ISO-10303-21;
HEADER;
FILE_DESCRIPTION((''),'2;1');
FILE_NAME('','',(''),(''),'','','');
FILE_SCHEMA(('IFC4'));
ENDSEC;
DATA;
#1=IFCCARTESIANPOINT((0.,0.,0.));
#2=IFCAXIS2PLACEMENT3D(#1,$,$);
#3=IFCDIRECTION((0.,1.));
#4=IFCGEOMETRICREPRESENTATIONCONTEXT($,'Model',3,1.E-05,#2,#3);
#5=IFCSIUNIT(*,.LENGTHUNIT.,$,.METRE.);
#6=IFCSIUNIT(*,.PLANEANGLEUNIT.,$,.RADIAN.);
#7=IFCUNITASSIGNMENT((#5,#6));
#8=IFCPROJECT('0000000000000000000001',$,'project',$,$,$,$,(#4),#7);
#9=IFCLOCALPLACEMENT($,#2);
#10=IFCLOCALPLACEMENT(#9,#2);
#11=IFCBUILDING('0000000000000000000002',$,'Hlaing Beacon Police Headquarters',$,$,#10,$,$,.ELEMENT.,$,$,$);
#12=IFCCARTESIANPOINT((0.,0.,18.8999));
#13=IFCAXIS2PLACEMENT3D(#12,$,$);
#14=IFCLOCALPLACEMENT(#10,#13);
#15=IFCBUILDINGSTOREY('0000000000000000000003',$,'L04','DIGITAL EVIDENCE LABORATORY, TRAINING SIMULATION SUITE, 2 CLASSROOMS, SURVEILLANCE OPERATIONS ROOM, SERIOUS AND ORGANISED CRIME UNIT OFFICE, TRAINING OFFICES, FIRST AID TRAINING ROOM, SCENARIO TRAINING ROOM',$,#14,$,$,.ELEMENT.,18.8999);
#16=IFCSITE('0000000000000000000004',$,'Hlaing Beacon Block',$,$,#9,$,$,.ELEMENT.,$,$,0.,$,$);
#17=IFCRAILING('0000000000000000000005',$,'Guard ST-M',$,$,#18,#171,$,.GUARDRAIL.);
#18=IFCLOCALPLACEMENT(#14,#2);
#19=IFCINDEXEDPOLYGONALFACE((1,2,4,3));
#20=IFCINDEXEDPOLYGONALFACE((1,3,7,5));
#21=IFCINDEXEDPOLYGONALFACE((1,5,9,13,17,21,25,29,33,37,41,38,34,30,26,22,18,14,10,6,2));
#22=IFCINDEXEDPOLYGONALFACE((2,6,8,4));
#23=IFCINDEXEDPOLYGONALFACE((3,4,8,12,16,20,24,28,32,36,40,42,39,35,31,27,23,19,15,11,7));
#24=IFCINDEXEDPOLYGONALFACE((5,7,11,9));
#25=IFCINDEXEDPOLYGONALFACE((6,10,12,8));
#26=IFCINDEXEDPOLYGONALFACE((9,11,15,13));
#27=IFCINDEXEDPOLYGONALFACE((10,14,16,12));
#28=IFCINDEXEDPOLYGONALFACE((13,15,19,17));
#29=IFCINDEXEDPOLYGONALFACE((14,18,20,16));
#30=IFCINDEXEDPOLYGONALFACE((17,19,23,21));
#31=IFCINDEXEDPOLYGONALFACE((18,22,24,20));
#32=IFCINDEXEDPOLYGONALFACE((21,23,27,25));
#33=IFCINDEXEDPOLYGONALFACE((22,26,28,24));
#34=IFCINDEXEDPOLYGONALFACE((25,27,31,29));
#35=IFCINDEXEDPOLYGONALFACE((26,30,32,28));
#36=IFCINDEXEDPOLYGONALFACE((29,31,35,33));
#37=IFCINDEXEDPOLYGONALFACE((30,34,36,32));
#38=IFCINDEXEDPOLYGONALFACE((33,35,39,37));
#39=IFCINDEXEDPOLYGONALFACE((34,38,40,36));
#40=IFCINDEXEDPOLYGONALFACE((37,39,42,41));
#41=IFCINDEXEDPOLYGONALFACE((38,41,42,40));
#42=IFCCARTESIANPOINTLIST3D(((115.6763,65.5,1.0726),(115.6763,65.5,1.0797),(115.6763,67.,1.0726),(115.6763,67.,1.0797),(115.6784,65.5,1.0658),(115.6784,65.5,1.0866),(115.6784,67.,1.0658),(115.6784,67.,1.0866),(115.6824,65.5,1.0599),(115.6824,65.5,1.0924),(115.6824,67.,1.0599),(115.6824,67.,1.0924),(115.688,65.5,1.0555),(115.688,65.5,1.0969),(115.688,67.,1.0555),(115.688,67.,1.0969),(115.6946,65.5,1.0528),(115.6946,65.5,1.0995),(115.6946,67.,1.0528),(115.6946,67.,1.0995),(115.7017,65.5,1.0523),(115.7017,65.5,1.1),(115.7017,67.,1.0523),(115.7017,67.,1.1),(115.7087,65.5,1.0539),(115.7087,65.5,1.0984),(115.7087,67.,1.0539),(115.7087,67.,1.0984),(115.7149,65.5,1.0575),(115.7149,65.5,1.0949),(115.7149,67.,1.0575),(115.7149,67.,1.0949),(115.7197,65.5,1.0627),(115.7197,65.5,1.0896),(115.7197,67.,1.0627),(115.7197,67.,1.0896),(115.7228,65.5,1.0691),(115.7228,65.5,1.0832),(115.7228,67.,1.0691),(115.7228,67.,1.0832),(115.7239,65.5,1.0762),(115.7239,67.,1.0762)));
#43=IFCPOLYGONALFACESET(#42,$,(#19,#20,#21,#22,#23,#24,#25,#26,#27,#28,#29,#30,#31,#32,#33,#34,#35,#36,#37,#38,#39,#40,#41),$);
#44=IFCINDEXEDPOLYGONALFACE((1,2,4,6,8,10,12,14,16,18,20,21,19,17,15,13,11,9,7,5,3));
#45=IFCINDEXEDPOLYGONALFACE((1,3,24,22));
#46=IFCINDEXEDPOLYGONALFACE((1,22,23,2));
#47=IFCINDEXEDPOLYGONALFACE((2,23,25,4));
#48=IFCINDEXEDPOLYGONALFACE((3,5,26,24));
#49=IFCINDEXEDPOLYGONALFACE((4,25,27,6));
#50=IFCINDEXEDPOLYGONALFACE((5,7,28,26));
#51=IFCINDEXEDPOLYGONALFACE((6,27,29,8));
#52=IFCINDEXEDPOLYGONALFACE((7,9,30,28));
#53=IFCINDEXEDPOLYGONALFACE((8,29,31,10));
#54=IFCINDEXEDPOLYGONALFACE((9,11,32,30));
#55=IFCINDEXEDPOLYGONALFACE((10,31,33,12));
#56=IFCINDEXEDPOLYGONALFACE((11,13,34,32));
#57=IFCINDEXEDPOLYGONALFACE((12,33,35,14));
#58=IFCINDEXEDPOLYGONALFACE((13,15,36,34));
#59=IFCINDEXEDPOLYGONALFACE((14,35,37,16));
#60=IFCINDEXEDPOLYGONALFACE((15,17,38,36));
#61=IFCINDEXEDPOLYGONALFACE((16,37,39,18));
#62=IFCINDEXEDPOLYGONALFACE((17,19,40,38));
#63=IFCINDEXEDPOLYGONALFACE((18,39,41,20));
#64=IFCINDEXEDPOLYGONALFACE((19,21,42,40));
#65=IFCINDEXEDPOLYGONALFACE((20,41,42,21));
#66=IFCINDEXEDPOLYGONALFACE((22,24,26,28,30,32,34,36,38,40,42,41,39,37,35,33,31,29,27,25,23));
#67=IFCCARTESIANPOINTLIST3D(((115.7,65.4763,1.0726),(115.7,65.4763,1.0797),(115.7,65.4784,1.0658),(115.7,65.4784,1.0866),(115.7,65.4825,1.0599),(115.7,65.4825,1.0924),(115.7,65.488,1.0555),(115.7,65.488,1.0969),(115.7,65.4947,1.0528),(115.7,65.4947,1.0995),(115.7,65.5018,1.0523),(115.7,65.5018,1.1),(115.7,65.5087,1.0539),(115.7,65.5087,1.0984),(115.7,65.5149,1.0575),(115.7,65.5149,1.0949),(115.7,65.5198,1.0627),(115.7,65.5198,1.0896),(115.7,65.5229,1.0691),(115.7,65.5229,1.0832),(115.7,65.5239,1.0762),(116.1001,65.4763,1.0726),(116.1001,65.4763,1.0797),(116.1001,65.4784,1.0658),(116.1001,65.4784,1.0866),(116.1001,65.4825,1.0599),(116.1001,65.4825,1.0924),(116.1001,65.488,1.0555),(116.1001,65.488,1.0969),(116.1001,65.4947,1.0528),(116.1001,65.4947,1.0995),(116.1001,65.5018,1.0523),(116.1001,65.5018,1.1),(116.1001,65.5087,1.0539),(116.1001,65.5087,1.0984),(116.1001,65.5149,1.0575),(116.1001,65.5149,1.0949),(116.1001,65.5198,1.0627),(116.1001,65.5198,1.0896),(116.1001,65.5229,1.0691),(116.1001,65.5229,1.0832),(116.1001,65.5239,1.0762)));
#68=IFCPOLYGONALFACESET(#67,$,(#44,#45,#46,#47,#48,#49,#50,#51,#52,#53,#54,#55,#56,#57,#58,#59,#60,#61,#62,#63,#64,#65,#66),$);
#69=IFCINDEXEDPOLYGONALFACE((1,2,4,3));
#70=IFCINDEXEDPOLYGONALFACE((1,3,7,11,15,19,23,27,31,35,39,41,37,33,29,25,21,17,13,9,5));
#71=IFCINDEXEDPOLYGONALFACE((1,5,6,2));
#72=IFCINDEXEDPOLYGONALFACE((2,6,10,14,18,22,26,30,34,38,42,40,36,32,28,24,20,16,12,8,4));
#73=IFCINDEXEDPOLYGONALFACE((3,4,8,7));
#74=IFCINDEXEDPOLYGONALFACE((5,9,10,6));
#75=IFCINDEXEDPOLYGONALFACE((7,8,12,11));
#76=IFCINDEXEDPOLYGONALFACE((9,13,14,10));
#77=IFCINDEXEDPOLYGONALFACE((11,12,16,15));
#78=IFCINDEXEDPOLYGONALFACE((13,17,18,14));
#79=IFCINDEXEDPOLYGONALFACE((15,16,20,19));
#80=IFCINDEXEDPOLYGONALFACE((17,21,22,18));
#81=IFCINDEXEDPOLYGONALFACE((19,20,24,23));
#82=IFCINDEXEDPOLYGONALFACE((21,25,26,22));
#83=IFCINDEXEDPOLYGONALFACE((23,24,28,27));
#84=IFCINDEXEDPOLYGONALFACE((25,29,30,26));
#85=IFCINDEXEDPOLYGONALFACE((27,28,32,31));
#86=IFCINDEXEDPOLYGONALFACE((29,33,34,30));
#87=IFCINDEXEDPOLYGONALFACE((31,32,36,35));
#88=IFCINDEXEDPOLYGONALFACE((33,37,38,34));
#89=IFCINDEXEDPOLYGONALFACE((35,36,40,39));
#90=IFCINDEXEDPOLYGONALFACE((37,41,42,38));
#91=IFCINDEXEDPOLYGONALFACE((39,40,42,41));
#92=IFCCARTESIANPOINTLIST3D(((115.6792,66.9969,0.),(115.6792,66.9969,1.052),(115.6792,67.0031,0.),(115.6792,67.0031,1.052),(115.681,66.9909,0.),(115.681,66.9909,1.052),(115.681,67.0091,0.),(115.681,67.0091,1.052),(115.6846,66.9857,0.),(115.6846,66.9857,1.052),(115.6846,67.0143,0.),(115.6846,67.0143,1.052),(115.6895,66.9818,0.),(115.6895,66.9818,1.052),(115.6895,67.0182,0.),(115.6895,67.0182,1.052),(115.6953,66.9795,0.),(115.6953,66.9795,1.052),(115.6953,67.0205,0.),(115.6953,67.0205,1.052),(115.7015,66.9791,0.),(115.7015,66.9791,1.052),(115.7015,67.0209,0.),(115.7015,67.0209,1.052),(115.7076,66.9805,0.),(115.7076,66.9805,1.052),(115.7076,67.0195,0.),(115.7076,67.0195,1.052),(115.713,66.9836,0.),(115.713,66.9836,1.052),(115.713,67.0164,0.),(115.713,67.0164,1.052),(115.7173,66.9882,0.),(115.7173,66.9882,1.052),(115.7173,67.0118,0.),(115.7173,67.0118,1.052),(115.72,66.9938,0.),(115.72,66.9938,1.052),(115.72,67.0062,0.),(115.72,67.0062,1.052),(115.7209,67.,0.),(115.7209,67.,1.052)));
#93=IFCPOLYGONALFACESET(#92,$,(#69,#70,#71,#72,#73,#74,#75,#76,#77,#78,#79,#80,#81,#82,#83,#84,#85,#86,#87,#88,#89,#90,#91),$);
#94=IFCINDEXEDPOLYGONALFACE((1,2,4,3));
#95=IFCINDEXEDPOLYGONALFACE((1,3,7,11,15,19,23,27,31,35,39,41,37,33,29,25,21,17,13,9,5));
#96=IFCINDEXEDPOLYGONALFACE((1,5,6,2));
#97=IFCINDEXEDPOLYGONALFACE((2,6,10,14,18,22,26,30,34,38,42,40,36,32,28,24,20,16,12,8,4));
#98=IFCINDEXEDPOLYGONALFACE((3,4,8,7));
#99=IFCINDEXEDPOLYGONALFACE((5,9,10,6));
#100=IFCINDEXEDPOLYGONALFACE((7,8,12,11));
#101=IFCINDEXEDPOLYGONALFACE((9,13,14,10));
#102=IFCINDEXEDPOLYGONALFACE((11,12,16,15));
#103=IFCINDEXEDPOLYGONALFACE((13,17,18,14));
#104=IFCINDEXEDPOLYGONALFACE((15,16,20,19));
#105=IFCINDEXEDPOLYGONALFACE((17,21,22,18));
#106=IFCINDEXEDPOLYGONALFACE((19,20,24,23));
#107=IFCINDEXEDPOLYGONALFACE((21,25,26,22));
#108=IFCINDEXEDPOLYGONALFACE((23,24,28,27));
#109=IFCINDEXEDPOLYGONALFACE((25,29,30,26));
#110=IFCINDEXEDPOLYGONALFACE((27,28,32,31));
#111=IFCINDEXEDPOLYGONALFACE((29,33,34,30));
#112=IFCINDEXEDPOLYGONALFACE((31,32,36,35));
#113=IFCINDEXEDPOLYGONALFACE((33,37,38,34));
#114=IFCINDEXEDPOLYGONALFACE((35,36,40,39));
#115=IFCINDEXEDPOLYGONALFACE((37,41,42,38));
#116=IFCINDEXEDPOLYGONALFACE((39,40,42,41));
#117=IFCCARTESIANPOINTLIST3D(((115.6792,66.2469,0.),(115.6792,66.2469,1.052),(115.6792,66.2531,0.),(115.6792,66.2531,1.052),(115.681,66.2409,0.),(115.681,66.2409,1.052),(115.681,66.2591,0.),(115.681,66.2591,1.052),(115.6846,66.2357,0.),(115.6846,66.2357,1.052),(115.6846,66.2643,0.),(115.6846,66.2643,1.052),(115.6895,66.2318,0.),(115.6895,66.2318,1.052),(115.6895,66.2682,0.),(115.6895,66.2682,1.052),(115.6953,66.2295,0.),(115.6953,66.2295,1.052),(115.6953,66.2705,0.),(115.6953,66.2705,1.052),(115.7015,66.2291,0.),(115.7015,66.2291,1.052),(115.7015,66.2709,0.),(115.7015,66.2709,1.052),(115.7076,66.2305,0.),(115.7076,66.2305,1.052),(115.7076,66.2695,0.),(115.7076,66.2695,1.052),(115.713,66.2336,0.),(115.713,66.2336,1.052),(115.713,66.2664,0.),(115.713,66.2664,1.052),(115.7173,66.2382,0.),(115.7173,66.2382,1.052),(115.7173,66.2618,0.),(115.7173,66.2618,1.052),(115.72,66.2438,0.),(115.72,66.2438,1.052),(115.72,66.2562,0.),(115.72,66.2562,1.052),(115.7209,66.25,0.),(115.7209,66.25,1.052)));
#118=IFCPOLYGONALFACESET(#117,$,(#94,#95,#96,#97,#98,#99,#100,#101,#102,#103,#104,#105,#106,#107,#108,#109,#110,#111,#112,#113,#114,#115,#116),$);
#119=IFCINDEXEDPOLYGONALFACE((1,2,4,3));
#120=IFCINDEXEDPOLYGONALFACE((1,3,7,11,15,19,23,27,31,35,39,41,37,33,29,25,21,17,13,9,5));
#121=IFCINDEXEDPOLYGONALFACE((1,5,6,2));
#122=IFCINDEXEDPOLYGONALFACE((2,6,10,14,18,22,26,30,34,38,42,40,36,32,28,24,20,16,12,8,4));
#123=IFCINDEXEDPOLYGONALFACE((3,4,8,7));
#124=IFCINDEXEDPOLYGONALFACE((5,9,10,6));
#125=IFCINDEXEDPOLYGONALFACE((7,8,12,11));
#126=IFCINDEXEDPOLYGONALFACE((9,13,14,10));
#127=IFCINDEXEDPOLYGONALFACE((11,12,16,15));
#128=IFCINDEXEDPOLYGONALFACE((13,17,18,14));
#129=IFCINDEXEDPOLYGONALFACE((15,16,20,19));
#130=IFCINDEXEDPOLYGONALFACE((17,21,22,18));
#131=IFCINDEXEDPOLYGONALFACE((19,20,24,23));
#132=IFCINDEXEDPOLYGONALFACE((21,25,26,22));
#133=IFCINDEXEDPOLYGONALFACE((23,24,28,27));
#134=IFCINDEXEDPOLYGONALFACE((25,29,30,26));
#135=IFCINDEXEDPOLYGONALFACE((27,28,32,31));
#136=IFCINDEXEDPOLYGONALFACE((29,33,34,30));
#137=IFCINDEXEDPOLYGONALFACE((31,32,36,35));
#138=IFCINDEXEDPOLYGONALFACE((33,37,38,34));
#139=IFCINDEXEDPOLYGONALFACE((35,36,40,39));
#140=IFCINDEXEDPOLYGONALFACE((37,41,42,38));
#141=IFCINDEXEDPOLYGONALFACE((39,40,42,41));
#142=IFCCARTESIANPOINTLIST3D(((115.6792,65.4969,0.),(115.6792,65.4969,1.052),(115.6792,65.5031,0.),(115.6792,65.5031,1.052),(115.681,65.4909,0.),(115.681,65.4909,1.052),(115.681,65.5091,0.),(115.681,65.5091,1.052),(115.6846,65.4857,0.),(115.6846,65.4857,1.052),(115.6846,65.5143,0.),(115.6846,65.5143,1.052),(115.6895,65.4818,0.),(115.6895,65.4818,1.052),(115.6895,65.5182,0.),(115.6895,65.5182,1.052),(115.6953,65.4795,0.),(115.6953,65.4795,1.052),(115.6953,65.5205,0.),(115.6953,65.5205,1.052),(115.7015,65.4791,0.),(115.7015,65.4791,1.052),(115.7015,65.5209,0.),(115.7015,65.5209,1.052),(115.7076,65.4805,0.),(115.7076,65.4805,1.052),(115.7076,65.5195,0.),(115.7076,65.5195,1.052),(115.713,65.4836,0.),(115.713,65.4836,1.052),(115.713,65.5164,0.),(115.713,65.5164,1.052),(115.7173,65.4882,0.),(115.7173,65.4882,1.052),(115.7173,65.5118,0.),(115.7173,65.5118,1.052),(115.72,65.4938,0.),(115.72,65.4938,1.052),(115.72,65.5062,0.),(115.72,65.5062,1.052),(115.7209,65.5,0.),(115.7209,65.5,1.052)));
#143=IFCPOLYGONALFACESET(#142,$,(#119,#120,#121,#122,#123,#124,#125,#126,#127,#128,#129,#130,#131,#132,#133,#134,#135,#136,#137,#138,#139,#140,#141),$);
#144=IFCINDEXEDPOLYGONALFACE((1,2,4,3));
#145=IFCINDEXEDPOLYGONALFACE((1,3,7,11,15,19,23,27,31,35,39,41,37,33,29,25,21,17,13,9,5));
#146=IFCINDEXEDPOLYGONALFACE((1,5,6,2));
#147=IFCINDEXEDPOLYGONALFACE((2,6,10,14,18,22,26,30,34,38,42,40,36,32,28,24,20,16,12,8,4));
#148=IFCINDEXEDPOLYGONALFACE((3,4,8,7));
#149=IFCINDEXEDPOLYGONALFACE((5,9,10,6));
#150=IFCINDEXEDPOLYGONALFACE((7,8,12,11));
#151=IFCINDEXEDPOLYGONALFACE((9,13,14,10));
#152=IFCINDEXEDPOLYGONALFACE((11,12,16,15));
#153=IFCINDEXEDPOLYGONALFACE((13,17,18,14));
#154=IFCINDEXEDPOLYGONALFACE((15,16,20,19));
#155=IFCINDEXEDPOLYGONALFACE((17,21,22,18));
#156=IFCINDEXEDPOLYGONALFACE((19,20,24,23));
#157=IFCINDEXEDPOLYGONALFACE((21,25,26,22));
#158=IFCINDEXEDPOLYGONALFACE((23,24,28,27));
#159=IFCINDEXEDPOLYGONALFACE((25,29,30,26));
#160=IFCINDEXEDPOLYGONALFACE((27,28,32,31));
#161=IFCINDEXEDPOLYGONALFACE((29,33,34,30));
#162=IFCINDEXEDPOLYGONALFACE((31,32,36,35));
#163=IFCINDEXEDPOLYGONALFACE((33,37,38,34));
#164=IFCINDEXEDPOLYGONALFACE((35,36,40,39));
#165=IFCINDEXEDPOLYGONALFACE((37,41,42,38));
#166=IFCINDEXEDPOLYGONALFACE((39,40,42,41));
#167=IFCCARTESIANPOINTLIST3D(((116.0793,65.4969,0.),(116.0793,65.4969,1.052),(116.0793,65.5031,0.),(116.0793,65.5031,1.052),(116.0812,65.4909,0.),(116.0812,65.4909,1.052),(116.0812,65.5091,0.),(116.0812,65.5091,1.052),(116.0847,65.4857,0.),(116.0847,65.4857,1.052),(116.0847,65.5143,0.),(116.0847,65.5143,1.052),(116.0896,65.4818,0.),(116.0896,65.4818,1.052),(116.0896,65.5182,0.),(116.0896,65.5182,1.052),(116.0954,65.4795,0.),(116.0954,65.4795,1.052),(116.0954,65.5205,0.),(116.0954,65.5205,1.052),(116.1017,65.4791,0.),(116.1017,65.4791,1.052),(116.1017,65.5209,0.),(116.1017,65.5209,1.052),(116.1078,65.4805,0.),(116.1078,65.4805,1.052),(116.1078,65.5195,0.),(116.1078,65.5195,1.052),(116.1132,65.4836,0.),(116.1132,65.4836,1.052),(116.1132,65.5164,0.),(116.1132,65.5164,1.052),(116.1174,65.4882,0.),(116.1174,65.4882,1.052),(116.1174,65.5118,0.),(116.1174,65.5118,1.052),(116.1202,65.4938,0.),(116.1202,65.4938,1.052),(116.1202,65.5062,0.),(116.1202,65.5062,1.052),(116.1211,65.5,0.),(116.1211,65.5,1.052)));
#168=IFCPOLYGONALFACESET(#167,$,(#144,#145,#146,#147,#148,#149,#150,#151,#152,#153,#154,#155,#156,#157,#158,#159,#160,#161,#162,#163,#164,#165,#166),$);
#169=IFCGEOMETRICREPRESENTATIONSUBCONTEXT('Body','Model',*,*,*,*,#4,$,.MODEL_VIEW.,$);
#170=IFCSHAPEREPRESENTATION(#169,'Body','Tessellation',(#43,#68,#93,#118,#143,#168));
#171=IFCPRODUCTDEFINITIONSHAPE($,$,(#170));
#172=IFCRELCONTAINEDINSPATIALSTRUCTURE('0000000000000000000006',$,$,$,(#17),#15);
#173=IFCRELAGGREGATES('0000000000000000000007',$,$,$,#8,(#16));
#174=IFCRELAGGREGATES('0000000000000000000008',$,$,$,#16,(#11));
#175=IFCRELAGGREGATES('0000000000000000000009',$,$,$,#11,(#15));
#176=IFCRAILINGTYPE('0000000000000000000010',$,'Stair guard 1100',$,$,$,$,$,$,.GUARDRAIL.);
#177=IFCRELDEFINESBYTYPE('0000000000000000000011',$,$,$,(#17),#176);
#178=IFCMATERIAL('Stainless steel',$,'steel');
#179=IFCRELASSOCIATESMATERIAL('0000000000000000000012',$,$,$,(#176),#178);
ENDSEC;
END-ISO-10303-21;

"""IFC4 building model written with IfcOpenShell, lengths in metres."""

from ifc_helpers import new_model, si_unit, direction, frame, origin, origin_2d, place, context, subcontext, project, spatial, circle, extrude, material, type_object, element, save


model = new_model("IFC4")

# Units and contexts
model_context = context("Model", 3, precision=1e-05, world=origin(), true_north=direction((0.0, 1.0)))
body_context = subcontext(model_context, "Body", "Model", "MODEL_VIEW")
ifc_project = project(units=[si_unit("LENGTHUNIT", "METRE"), si_unit("PLANEANGLEUNIT", "RADIAN")], contexts=[model_context])

# Site, building, storey
site_placement = place(None, origin())
site = spatial("IfcSite", under=ifc_project, at=site_placement, Name="Hlaing Beacon Block", CompositionType="ELEMENT", RefElevation=0.0)
building_placement = place(site_placement, origin())
building = spatial("IfcBuilding", under=site, at=building_placement, Name="Hlaing Beacon Police Headquarters", CompositionType="ELEMENT")
storey_placement = place(building_placement, frame((0.0, 0.0, 18.8999)))
storey = spatial("IfcBuildingStorey", under=building, at=storey_placement, Name="L04", Description="DIGITAL EVIDENCE LABORATORY, TRAINING SIMULATION SUITE, 2 CLASSROOMS, SURVEILLANCE OPERATIONS ROOM, SERIOUS AND ORGANISED CRIME UNIT OFFICE, TRAINING OFFICES, FIRST AID TRAINING ROOM, SCENARIO TRAINING ROOM", CompositionType="ELEMENT", Elevation=18.8999)

# Railing
ifc_material_1 = material(Name="Stainless steel", Category="steel")
railing_type_1 = type_object("IfcRailingType", Name="Stair guard 1100", PredefinedType="GUARDRAIL", material=ifc_material_1)
railing_placement = place(storey_placement, frame((115.7, 67.0, 0.0)))
element("IfcRailing", 1, at=railing_placement, inside=storey, type_object=railing_type_1, Name="Guard ST-M", PredefinedType="GUARDRAIL", context=body_context, shape_type="SweptSolid", body=[
    extrude(circle(Radius=0.0239, at=origin_2d()), frame((0.0, 0.0, 1.0762), z_axis=(0.0, -1.0, 0.0), x_axis=(1.0, 0.0, 0.0)), (0.0, 0.0, 1.0), 1.5),
    extrude(circle(Radius=0.0239, at=origin_2d()), frame((0.0, -1.5, 1.0762), z_axis=(1.0, 0.0, 0.0), x_axis=(0.0, 1.0, 0.0)), (0.0, 0.0, 1.0), 0.4001),
    extrude(circle(Radius=0.021, at=origin_2d()), origin(), (0.0, 0.0, 1.0), 1.052),
    extrude(circle(Radius=0.021, at=origin_2d()), frame((0.0, -0.75, 0.0)), (0.0, 0.0, 1.0), 1.052),
    extrude(circle(Radius=0.021, at=origin_2d()), frame((0.0, -1.5, 0.0)), (0.0, 0.0, 1.0), 1.052),
    extrude(circle(Radius=0.021, at=origin_2d()), frame((0.4001, -1.5, 0.0)), (0.0, 0.0, 1.0), 1.052),
])

save(model, "model.ifc")
